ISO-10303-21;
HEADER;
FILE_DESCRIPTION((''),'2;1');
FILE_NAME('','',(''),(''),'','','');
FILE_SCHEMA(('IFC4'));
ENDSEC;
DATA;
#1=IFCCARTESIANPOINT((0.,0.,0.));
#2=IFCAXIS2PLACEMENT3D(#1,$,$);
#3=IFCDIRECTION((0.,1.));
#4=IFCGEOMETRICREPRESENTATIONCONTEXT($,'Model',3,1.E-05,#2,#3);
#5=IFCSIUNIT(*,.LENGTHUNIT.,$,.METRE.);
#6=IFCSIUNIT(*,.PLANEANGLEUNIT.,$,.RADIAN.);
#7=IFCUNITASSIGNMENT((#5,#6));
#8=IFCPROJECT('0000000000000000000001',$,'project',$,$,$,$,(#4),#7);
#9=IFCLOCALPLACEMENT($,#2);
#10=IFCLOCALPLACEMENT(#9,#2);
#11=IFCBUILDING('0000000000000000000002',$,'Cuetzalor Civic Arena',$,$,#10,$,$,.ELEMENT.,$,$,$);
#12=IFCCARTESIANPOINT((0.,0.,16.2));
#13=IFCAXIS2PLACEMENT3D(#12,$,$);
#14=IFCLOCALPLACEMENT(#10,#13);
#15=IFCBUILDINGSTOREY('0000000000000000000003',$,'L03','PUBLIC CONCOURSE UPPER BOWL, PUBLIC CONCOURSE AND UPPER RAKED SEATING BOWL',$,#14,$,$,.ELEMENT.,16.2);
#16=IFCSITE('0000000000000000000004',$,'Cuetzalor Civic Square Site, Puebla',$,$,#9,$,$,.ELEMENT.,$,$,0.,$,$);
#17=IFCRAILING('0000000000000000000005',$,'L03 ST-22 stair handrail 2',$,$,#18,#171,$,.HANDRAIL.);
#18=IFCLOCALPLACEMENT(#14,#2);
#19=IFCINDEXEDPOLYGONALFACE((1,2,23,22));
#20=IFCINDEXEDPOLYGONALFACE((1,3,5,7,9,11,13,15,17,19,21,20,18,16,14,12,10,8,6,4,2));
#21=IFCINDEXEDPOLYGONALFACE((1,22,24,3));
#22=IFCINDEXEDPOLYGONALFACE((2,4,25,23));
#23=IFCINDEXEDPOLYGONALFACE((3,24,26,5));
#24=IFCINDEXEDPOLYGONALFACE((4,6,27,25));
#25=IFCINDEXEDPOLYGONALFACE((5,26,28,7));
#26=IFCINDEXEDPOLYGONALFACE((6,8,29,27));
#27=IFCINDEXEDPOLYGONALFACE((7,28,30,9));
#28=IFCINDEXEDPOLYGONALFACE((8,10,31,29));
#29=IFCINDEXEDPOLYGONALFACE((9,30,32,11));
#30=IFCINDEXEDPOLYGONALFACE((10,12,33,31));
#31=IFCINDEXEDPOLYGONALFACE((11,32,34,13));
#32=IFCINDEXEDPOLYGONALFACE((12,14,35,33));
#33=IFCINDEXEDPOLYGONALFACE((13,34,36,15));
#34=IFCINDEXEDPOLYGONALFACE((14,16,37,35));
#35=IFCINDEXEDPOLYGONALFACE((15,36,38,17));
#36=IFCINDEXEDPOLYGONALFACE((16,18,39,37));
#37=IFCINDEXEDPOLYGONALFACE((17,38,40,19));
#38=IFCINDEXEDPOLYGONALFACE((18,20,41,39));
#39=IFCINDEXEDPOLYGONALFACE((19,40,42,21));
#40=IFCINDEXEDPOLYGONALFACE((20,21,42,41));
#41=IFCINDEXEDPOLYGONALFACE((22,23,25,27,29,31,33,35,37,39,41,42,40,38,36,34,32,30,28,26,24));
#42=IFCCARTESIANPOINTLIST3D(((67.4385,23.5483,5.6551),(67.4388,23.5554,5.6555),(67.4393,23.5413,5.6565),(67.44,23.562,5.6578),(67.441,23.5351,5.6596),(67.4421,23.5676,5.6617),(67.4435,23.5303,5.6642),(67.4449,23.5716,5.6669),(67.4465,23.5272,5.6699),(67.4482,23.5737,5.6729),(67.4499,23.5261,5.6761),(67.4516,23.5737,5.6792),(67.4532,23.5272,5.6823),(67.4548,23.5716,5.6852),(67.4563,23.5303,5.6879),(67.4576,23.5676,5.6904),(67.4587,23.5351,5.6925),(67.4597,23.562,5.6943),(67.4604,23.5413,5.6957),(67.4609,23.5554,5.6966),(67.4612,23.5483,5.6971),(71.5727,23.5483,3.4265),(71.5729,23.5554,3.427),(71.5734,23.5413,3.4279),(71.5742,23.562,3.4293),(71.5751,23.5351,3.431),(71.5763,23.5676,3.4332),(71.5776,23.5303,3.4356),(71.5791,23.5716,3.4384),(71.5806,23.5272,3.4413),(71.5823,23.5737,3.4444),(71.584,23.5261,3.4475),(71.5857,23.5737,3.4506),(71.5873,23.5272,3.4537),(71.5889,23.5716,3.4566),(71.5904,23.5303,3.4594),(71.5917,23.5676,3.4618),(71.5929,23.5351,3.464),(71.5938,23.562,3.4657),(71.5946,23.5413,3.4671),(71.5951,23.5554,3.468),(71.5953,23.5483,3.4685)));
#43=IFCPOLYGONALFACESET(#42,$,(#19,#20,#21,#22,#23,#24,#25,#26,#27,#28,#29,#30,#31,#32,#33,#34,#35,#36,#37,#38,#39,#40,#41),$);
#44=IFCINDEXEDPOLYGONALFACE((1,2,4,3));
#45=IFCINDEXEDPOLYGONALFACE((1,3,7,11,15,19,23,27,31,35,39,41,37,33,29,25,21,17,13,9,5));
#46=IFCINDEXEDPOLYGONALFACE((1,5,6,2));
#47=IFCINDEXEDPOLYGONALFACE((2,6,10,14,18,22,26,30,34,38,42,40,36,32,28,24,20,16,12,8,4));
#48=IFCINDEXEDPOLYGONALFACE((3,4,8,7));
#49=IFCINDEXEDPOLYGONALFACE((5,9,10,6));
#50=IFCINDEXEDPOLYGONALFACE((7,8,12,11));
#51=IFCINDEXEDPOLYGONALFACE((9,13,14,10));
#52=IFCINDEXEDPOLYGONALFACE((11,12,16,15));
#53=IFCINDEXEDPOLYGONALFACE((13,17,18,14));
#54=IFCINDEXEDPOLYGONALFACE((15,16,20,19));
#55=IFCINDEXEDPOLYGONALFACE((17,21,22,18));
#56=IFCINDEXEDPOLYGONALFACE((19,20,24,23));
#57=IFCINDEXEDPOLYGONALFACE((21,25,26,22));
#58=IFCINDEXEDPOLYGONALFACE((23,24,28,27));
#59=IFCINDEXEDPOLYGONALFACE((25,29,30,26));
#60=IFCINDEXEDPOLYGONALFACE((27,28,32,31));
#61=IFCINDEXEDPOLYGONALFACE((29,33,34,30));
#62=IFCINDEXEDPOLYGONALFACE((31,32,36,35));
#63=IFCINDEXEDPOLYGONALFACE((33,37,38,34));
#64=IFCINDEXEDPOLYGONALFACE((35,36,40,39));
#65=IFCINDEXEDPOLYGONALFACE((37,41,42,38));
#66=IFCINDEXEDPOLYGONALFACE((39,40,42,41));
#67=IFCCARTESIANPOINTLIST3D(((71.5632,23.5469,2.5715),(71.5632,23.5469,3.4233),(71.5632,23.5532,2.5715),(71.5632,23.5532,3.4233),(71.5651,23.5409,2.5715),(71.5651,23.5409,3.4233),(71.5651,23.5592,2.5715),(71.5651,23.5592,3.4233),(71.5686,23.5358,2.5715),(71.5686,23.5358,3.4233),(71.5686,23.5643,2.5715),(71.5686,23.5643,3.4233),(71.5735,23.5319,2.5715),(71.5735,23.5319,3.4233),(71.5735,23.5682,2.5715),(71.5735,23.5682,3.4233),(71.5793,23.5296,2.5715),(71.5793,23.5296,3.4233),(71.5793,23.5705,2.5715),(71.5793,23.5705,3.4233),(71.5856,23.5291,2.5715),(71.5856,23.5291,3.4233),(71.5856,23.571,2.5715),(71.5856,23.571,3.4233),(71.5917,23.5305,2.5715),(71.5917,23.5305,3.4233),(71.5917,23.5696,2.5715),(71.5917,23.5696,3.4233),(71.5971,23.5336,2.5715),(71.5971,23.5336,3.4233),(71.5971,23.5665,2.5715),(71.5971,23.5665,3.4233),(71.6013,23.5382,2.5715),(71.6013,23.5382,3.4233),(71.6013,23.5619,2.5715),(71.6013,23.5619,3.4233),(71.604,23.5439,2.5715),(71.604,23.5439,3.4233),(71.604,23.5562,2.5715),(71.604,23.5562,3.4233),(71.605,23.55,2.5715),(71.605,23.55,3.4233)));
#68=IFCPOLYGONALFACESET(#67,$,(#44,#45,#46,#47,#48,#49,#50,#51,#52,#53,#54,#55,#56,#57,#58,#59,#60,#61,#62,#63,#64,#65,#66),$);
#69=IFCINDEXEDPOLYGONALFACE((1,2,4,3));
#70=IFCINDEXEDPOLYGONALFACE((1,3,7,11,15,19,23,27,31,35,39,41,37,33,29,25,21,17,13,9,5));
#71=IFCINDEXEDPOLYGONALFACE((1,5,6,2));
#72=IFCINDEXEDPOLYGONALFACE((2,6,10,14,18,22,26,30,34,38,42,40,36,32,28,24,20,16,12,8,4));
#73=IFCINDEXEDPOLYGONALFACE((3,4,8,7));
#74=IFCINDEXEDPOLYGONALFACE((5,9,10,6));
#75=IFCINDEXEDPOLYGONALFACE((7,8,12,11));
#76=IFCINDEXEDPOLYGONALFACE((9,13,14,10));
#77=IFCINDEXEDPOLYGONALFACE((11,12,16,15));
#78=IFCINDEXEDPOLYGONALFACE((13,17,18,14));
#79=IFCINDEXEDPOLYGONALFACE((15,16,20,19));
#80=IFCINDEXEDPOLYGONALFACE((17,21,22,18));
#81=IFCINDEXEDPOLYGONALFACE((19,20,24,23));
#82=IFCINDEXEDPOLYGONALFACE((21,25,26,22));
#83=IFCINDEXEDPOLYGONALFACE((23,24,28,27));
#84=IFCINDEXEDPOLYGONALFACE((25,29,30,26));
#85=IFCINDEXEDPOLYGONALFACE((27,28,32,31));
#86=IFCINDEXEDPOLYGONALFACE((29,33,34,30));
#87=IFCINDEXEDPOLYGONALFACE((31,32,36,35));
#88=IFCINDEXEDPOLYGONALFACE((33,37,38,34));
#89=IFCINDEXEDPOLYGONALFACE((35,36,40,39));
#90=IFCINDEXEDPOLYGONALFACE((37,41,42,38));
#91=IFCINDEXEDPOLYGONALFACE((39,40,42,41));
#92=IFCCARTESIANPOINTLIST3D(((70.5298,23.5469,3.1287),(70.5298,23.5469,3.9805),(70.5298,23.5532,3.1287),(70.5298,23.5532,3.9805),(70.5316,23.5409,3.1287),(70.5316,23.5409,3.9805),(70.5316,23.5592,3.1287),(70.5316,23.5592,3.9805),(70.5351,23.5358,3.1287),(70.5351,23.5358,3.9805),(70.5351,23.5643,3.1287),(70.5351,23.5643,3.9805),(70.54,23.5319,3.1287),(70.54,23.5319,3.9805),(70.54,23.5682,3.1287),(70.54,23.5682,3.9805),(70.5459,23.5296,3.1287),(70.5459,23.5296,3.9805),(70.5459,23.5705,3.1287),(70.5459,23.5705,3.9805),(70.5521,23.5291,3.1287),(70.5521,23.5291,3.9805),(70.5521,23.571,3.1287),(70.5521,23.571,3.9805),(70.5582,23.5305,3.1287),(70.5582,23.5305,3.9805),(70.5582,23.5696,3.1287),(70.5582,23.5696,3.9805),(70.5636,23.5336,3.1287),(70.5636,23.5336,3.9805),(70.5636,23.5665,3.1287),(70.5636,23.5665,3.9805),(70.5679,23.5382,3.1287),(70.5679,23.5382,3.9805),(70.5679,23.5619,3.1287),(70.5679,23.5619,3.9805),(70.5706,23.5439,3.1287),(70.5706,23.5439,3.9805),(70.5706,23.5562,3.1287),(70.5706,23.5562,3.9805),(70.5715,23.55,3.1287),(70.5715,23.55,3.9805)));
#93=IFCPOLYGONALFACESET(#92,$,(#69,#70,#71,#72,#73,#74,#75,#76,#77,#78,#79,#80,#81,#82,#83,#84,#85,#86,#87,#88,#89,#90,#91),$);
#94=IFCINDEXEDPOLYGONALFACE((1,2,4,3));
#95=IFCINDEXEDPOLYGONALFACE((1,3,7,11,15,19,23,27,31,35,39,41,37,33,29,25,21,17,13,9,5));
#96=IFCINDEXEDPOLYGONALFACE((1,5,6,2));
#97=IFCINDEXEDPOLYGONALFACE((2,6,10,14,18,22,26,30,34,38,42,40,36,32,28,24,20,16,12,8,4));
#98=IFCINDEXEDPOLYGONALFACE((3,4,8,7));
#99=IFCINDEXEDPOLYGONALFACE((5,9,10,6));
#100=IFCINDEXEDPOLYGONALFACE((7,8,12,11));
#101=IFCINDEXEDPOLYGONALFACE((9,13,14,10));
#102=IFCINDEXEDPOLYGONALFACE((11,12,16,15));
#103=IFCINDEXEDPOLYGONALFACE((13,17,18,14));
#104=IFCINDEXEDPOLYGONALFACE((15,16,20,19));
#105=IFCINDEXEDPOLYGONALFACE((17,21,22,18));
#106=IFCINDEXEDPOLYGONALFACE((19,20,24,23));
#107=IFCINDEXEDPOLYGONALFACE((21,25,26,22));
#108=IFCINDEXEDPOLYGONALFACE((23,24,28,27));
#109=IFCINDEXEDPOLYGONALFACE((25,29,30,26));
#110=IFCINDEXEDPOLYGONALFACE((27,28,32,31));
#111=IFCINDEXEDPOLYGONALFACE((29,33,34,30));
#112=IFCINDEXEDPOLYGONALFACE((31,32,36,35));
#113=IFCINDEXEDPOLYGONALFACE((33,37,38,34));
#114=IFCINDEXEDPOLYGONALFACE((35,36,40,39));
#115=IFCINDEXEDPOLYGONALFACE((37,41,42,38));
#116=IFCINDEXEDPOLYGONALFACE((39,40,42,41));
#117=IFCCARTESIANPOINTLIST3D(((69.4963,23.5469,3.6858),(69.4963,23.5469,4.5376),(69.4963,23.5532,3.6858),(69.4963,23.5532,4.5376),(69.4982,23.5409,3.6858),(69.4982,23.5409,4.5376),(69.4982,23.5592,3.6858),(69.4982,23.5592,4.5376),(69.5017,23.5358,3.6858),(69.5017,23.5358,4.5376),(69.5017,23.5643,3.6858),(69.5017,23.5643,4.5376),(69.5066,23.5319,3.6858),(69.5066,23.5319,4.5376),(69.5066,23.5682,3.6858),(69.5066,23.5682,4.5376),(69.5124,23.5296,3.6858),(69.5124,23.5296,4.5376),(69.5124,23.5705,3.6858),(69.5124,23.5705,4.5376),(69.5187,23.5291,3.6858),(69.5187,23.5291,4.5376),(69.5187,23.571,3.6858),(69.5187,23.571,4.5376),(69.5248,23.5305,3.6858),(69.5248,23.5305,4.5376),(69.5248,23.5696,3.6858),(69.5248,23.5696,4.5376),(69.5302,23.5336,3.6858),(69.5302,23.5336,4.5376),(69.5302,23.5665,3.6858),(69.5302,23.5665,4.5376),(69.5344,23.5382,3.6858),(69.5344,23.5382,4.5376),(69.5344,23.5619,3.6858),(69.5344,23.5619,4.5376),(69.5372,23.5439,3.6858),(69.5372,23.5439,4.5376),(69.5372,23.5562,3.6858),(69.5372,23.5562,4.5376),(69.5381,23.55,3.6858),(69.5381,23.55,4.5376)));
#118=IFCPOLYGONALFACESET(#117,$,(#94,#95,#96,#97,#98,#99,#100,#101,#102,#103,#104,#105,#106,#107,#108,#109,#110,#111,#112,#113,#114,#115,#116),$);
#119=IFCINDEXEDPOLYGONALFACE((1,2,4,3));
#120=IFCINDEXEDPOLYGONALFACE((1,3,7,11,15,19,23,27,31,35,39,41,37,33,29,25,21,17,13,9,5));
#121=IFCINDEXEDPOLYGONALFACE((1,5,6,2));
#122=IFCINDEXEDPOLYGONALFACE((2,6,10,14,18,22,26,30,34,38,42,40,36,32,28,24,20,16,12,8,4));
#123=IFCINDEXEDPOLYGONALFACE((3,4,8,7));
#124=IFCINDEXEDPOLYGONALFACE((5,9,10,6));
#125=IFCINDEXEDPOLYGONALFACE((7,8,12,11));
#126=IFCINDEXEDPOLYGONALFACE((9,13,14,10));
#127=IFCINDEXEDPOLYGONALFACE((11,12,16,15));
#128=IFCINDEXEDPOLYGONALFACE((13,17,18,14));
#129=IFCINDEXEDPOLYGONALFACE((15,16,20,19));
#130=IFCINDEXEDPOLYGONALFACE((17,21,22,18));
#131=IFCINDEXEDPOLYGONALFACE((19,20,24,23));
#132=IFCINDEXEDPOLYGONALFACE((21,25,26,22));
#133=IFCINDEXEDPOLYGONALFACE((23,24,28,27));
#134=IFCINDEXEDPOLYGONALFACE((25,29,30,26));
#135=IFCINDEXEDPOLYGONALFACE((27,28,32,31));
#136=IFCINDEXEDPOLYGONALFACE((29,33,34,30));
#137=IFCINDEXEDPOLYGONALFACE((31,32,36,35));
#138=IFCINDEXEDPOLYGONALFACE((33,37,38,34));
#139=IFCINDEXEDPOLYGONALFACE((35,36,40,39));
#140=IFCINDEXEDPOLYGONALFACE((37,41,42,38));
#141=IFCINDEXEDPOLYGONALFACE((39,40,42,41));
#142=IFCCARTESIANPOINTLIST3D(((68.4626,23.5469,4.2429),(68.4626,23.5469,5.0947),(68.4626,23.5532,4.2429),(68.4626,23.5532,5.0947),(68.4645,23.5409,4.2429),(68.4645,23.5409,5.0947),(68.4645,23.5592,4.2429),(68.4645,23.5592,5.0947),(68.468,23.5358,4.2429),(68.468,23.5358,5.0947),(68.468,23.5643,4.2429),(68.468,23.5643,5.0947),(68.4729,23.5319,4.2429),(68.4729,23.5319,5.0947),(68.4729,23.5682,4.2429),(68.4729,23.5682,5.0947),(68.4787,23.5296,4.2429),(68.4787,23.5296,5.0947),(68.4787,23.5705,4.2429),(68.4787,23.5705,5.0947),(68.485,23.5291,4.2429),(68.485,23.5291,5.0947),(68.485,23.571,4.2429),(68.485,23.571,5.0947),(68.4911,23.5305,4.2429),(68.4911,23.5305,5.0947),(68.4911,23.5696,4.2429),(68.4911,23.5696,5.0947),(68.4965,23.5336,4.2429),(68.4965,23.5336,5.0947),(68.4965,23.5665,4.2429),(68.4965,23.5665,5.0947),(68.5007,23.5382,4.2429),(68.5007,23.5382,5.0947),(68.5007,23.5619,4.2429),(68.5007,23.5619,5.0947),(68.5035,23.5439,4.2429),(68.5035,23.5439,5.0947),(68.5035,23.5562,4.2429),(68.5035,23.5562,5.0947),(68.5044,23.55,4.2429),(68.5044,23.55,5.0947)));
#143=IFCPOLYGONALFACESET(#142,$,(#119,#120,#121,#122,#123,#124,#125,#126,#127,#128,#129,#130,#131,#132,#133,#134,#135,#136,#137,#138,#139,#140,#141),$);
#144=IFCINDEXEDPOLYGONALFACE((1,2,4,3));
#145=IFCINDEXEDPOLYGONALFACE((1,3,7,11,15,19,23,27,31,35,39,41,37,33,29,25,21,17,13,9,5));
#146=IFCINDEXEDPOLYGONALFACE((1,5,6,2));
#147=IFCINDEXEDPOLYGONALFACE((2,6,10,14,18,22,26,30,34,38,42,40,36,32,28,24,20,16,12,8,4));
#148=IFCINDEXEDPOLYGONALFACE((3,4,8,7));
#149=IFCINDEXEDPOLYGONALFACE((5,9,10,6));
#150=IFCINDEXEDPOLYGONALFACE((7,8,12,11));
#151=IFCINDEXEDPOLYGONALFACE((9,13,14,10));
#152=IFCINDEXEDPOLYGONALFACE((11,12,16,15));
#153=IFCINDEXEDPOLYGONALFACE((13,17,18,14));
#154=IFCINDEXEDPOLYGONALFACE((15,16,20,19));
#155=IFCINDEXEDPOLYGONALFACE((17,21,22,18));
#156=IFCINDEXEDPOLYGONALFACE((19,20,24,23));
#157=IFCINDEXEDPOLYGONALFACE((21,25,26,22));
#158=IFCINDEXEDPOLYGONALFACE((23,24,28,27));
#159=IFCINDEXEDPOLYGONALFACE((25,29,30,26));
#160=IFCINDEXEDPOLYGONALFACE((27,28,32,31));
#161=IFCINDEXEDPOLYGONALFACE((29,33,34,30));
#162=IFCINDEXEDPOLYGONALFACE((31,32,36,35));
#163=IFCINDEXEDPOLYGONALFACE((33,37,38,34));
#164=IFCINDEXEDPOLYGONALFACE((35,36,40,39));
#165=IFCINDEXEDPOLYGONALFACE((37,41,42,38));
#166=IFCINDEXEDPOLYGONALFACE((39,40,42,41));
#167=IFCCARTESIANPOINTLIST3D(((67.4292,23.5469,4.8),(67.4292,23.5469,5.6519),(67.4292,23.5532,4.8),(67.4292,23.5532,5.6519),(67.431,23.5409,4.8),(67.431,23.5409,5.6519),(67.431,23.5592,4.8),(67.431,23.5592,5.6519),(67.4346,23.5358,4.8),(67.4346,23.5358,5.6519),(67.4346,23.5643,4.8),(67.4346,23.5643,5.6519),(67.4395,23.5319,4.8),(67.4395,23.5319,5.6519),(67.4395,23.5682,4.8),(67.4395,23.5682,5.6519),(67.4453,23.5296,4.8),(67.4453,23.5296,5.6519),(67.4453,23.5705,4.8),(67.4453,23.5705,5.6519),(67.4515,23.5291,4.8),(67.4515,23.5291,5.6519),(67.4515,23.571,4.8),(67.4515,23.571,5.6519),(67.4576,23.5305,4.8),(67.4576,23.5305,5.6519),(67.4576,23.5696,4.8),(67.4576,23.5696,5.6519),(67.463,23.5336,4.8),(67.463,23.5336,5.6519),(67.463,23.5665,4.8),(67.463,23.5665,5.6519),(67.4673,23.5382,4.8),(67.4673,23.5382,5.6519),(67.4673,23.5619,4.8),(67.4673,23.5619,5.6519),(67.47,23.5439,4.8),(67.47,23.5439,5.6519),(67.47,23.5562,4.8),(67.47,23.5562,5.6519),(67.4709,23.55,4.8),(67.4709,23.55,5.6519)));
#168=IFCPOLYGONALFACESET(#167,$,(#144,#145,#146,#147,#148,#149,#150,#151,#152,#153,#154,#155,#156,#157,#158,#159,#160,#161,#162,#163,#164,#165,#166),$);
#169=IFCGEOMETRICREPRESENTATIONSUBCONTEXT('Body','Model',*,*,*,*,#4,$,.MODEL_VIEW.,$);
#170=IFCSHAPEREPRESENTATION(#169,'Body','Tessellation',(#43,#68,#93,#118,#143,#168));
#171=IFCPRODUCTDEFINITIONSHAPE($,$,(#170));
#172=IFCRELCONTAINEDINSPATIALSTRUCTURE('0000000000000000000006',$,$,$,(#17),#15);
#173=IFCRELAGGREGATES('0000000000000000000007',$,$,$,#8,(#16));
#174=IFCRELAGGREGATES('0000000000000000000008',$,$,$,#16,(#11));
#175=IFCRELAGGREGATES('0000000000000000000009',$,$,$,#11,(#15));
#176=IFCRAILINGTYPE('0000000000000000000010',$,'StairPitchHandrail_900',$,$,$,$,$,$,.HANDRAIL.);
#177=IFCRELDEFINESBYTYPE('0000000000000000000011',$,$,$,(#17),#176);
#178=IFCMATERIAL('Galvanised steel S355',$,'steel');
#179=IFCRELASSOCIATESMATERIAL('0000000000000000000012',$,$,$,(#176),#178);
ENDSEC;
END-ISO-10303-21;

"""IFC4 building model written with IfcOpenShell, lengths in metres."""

from ifc_helpers import new_model, si_unit, direction, frame, origin, origin_2d, place, context, subcontext, project, spatial, circle, extrude, material, type_object, element, save


model = new_model("IFC4")

# Units and contexts
model_context = context("Model", 3, precision=1e-05, world=origin(), true_north=direction((0.0, 1.0)))
body_context = subcontext(model_context, "Body", "Model", "MODEL_VIEW")
ifc_project = project(units=[si_unit("LENGTHUNIT", "METRE"), si_unit("PLANEANGLEUNIT", "RADIAN")], contexts=[model_context])

# Site, building, storey
site_placement = place(None, origin())
site = spatial("IfcSite", under=ifc_project, at=site_placement, Name="Cuetzalor Civic Square Site, Puebla", CompositionType="ELEMENT", RefElevation=0.0)
building_placement = place(site_placement, origin())
building = spatial("IfcBuilding", under=site, at=building_placement, Name="Cuetzalor Civic Arena", CompositionType="ELEMENT")
storey_placement = place(building_placement, frame((0.0, 0.0, 16.2)))
storey = spatial("IfcBuildingStorey", under=building, at=storey_placement, Name="L03", Description="PUBLIC CONCOURSE UPPER BOWL, PUBLIC CONCOURSE AND UPPER RAKED SEATING BOWL", CompositionType="ELEMENT", Elevation=16.2)

# Railing
ifc_material_1 = material(Name="Galvanised steel S355", Category="steel")
railing_type = type_object("IfcRailingType", Name="StairPitchHandrail_900", PredefinedType="HANDRAIL", material=ifc_material_1)
railing_placement = place(storey_placement, frame((71.584, 23.55, 2.5715)))
element("IfcRailing", 1, at=railing_placement, inside=storey, type_object=railing_type, Name="L03 ST-22 stair handrail 2", PredefinedType="HANDRAIL", context=body_context, shape_type="SweptSolid", body=[
    extrude(circle(Radius=0.0239, at=origin_2d()), frame((0.0, 0.0, 0.876), z_axis=(-0.880249, 0.0, 0.474512), x_axis=(0.0, -1.0, 0.0)), (0.0, 0.0, 1.0), 4.6965),
    extrude(circle(Radius=0.021, at=origin_2d()), origin(), (0.0, 0.0, 1.0), 0.8518),
    extrude(circle(Radius=0.021, at=origin_2d()), frame((-1.0334, 0.0, 0.5571)), (0.0, 0.0, 1.0), 0.8518),
    extrude(circle(Radius=0.021, at=origin_2d()), frame((-2.0669, 0.0, 1.1143)), (0.0, 0.0, 1.0), 0.8518),
    extrude(circle(Radius=0.021, at=origin_2d()), frame((-3.1006, 0.0, 1.6714)), (0.0, 0.0, 1.0), 0.8518),
    extrude(circle(Radius=0.021, at=origin_2d()), frame((-4.134, 0.0, 2.2285)), (0.0, 0.0, 1.0), 0.8518),
])

save(model, "model.ifc")
